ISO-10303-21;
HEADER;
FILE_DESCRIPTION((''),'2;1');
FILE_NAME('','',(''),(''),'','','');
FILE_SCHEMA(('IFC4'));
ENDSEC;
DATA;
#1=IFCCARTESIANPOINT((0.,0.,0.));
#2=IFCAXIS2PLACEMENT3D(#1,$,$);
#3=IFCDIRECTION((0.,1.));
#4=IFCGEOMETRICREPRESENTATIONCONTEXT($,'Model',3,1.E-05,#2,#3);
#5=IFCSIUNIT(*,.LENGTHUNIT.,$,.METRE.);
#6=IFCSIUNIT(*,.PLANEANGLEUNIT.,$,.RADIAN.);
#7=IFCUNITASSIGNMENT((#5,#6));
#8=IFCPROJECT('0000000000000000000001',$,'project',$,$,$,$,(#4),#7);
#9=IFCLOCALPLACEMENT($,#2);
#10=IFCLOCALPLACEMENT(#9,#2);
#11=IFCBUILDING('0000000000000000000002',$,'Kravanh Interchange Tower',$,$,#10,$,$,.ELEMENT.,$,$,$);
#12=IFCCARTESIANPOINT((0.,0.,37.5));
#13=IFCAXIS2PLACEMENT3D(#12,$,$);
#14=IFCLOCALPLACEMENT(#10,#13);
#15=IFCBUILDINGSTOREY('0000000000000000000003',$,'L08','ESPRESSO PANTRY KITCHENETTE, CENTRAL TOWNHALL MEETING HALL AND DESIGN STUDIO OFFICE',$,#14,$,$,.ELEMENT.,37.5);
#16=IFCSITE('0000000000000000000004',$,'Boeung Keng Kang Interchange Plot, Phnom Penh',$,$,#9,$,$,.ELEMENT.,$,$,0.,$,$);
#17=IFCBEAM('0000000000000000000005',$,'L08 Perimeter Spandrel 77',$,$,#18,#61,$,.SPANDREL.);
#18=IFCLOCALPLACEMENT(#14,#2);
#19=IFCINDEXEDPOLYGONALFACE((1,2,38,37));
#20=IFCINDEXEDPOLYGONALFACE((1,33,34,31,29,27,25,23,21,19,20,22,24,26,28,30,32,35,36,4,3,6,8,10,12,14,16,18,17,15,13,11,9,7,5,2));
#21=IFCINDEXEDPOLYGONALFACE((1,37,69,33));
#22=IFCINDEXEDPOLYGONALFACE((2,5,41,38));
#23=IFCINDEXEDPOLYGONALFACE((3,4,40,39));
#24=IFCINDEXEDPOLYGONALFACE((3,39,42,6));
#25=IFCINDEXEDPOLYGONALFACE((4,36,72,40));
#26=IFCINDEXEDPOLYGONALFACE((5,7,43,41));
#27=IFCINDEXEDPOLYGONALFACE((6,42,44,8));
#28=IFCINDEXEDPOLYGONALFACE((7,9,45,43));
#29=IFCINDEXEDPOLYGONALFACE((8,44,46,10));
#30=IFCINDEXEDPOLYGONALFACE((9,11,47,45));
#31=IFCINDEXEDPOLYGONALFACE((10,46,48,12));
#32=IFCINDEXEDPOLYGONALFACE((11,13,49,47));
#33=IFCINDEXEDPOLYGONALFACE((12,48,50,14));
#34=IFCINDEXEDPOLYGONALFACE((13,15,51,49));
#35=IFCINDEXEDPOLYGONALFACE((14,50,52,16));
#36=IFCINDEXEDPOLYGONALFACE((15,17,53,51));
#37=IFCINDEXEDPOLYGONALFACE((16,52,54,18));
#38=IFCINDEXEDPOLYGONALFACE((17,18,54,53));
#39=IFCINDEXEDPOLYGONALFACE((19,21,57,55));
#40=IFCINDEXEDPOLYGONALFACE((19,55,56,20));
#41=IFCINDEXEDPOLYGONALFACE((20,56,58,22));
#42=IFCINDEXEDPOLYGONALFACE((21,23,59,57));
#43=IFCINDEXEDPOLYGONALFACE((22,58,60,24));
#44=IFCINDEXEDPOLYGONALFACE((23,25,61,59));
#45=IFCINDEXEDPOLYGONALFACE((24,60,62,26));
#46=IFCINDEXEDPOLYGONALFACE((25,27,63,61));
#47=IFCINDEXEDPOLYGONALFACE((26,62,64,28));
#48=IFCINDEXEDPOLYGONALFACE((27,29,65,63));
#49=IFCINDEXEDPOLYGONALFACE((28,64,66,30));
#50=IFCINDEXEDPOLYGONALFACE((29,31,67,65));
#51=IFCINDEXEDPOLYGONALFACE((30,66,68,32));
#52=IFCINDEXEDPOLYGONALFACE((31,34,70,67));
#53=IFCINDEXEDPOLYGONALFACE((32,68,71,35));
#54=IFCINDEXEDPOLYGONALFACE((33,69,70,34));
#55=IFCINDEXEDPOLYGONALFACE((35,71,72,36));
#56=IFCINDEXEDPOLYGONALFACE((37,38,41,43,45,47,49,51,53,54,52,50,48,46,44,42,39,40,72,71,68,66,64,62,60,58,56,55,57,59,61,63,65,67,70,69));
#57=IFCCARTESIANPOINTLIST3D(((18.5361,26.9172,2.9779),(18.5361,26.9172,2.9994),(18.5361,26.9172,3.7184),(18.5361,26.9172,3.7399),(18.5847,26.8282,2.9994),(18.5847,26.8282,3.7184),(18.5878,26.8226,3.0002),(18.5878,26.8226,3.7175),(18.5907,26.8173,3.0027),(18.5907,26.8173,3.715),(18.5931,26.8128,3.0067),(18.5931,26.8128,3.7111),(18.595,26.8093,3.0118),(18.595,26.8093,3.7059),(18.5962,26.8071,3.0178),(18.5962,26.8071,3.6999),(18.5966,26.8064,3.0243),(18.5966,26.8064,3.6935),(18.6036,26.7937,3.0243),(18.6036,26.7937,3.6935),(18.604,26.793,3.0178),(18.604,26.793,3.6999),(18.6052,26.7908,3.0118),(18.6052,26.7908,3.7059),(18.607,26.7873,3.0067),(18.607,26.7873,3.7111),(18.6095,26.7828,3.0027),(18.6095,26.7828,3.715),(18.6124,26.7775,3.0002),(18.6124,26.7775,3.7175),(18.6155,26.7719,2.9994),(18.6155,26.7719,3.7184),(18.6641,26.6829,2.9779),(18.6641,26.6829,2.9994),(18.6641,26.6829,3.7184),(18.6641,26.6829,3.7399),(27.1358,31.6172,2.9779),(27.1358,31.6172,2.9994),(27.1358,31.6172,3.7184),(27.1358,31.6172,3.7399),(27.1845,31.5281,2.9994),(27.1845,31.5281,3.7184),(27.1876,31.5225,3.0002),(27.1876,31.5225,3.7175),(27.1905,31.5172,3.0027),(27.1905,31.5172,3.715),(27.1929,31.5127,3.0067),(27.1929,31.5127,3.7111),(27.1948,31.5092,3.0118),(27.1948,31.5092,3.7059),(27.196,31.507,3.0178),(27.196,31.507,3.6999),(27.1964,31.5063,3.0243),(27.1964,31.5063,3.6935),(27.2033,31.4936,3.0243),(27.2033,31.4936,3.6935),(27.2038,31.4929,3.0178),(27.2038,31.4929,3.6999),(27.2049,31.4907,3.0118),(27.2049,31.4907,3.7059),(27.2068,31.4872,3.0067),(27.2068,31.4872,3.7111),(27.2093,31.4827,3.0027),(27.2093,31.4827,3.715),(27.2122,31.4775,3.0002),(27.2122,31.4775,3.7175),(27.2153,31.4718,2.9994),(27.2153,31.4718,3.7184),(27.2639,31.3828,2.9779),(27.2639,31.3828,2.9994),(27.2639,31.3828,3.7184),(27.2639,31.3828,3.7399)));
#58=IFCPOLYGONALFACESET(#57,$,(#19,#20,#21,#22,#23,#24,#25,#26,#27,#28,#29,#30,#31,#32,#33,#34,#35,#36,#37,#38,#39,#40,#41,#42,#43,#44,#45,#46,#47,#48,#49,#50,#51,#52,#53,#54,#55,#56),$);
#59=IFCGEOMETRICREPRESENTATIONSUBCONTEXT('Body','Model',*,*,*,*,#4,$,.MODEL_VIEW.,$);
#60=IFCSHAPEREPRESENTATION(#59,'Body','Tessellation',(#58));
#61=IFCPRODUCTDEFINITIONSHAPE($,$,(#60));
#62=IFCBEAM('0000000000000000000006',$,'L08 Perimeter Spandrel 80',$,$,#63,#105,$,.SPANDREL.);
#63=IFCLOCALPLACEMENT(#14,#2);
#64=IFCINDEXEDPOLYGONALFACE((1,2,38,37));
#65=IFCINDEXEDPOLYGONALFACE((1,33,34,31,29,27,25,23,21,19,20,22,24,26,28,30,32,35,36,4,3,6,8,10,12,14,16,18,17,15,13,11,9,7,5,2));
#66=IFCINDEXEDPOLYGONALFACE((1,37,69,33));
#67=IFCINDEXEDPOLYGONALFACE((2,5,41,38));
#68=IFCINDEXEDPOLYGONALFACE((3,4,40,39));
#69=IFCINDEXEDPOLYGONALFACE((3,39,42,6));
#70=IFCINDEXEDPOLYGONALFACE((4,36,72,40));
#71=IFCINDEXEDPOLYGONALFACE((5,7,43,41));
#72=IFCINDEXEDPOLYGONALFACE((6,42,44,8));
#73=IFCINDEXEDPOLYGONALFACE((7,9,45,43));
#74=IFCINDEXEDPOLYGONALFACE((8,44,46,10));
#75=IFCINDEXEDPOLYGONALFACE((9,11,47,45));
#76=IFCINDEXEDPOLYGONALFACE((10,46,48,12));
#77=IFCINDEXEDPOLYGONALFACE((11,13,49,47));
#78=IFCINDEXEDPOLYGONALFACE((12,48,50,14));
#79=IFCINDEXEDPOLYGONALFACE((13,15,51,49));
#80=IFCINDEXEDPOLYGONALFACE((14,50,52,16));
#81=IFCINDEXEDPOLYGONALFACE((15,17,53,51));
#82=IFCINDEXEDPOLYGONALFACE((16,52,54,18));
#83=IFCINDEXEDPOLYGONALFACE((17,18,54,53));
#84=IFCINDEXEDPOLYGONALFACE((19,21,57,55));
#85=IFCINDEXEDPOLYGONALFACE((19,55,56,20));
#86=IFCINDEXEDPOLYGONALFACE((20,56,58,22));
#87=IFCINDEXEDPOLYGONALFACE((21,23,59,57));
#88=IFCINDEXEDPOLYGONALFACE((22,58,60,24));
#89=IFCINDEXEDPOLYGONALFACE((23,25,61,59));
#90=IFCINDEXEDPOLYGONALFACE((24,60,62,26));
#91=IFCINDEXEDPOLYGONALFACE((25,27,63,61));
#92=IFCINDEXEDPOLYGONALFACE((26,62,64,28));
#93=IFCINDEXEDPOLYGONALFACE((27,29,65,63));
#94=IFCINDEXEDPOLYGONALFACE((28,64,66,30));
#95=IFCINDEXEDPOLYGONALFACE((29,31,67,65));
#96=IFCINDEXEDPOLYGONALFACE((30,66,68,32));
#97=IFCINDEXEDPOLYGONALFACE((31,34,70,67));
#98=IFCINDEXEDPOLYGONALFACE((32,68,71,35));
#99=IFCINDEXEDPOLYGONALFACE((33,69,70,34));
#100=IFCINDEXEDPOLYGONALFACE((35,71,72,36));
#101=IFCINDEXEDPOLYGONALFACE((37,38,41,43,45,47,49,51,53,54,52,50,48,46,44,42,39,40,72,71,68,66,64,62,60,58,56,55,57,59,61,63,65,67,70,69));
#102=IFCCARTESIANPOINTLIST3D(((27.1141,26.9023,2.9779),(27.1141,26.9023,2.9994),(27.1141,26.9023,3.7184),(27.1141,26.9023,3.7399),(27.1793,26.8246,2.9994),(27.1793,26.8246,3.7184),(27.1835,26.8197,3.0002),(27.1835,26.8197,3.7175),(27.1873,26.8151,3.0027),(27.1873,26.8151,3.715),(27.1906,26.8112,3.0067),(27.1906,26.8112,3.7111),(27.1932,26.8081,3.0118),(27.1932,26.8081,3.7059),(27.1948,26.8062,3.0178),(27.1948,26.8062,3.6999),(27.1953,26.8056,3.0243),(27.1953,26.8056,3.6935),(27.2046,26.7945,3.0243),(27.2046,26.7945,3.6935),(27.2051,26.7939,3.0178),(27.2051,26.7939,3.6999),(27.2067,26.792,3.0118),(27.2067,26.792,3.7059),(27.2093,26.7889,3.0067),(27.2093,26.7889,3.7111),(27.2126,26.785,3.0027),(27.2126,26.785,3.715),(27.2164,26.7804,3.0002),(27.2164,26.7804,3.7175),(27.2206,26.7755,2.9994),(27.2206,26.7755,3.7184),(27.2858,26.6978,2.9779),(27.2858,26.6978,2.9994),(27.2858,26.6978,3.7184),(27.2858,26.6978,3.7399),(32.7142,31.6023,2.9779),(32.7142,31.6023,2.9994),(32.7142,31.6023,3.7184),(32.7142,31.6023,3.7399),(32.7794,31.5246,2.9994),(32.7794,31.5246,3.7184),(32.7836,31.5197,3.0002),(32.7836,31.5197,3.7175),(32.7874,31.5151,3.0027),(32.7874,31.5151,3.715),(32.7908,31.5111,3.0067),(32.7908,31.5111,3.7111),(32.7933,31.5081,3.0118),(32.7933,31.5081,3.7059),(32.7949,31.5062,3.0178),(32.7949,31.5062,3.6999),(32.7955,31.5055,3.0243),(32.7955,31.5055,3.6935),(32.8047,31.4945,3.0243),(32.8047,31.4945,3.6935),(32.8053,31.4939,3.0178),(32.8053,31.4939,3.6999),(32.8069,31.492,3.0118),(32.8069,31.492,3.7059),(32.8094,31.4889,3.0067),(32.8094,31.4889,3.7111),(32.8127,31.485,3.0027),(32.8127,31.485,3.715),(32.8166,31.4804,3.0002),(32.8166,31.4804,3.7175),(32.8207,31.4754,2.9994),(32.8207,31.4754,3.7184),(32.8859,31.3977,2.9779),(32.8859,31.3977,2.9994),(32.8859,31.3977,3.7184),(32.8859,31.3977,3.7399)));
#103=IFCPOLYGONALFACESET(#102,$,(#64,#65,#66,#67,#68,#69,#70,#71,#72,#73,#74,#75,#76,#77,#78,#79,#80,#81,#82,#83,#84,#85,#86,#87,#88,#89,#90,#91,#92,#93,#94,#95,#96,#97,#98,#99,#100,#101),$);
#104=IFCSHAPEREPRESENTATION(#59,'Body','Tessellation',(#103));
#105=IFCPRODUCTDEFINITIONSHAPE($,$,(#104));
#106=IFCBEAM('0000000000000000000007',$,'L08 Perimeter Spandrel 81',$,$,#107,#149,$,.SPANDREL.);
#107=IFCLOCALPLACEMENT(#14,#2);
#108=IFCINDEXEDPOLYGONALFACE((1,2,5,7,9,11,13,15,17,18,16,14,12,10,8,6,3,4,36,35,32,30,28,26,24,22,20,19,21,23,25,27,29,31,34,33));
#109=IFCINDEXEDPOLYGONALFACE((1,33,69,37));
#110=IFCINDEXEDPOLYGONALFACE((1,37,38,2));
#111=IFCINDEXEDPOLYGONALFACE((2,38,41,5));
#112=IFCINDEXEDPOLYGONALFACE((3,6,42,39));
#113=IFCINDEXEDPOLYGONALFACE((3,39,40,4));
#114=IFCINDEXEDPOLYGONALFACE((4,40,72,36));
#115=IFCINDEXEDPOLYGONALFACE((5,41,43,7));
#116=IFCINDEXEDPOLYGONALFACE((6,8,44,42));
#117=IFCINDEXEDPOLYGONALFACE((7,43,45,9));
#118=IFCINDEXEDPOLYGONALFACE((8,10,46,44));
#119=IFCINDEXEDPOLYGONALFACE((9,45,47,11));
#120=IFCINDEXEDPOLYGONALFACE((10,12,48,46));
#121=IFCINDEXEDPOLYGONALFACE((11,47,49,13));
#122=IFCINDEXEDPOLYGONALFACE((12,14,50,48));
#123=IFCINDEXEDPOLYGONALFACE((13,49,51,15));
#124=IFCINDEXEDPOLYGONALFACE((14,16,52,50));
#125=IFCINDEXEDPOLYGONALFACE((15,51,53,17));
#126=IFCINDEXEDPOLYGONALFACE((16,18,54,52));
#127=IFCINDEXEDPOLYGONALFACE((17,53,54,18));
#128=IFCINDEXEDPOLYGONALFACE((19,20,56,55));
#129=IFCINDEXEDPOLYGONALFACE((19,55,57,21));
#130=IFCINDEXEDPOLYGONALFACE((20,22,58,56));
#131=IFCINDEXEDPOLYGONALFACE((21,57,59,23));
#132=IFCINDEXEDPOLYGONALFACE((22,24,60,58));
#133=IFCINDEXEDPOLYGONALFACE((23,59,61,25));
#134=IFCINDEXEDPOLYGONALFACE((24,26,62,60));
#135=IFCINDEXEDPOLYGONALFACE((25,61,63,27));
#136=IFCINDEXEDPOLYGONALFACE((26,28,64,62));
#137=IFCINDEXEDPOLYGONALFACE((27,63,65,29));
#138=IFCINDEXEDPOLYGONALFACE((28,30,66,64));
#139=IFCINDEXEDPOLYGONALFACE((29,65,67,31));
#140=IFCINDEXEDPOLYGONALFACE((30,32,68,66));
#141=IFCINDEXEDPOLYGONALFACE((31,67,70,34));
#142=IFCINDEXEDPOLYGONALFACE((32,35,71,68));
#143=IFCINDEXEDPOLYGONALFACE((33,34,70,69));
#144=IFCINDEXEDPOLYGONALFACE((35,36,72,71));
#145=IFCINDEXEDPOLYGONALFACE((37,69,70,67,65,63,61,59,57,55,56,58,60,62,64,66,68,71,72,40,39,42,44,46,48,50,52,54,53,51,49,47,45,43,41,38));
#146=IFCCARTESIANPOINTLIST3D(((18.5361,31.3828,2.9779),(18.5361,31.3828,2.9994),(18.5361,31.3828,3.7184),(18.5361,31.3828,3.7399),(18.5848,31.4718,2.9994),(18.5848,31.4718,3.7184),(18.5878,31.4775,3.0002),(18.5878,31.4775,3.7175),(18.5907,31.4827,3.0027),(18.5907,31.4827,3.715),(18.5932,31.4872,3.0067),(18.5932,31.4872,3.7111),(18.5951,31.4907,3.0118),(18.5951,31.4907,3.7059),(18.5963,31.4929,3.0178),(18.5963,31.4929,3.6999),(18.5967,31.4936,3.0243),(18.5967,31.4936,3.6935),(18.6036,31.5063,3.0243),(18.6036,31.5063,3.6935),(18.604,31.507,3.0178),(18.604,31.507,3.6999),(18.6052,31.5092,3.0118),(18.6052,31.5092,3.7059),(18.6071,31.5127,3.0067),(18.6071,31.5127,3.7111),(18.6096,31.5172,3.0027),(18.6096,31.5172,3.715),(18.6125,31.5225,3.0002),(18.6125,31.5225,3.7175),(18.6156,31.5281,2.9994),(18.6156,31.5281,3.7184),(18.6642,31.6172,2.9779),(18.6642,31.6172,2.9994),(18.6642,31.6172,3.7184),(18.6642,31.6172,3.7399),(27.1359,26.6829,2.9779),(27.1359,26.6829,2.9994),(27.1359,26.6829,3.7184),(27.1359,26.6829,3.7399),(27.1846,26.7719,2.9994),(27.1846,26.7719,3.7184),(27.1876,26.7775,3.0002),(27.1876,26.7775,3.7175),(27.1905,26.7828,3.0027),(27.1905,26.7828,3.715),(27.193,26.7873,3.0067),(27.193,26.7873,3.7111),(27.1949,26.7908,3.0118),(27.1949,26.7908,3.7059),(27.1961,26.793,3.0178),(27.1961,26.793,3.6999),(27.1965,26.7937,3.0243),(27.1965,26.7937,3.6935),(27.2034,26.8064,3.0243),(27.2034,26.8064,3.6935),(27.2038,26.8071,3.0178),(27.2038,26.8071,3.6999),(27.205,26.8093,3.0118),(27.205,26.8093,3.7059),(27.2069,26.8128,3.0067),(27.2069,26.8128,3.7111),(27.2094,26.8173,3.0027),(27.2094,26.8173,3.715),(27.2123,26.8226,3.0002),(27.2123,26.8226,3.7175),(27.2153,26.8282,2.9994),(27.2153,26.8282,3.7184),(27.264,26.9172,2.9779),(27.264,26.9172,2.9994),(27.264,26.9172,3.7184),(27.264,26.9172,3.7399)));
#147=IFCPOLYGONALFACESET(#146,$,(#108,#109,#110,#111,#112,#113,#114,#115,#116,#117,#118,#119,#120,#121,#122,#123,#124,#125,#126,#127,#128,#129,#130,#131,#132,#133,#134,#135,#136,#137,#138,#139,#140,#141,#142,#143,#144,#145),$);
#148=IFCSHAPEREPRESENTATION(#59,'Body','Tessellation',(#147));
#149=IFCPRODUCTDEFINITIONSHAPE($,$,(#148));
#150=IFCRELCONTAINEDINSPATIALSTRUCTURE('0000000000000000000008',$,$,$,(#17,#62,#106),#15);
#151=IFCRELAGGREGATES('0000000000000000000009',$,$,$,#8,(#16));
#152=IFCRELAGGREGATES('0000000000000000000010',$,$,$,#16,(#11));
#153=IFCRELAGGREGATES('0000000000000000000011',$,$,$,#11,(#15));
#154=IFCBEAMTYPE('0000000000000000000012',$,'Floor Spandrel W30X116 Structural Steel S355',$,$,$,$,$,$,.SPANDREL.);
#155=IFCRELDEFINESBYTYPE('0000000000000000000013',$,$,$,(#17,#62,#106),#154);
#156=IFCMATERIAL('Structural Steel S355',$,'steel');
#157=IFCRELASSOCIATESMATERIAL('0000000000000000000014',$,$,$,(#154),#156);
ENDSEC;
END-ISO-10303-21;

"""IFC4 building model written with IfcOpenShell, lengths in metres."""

from ifc_helpers import new_model, si_unit, direction, frame, origin, origin_2d, place, context, subcontext, project, spatial, i_section, extrude, material, material_profile, profile_set, type_object, element, save


model = new_model("IFC4")

# Units and contexts
model_context = context("Model", 3, precision=1e-05, world=origin(), true_north=direction((0.0, 1.0)))
body_context = subcontext(model_context, "Body", "Model", "MODEL_VIEW")
ifc_project = project(units=[si_unit("LENGTHUNIT", "METRE"), si_unit("PLANEANGLEUNIT", "RADIAN")], contexts=[model_context])

# Site, building, storey
site_placement = place(None, origin())
site = spatial("IfcSite", under=ifc_project, at=site_placement, Name="Boeung Keng Kang Interchange Plot, Phnom Penh", CompositionType="ELEMENT", RefElevation=0.0)
building_placement = place(site_placement, origin())
building = spatial("IfcBuilding", under=site, at=building_placement, Name="Kravanh Interchange Tower", CompositionType="ELEMENT")
storey_placement = place(building_placement, frame((0.0, 0.0, 37.5)))
storey = spatial("IfcBuildingStorey", under=building, at=storey_placement, Name="L08", Description="ESPRESSO PANTRY KITCHENETTE, CENTRAL TOWNHALL MEETING HALL AND DESIGN STUDIO OFFICE", CompositionType="ELEMENT", Elevation=37.5)

# Beams
ifc_material_1 = material(Name="Structural Steel S355", Category="steel")
ifc_material_profile_1 = material_profile(ifc_material_1, i_section(OverallWidth=0.2671, OverallDepth=0.762, WebThickness=0.0144, FlangeThickness=0.0215, FilletRadius=0.0249, at=origin_2d()), Name="W30X116")
ifc_profile_set_1 = profile_set([ifc_material_profile_1], Name="Structural Steel S355")
beam_type_1 = type_object("IfcBeamType", Name="Floor Spandrel W30X116 Structural Steel S355", PredefinedType="SPANDREL", material=ifc_profile_set_1)
beam_1_placement = place(storey_placement, frame((18.6001, 26.8, 3.3589), z_axis=(0.877504, 0.479569, 0.0), x_axis=(-0.479569, 0.877504, 0.0)))
element("IfcBeam", 1, at=beam_1_placement, inside=storey, type_object=beam_type_1, Name="L08 Perimeter Spandrel 77", PredefinedType="SPANDREL", context=body_context, shape_type="SweptSolid", body=[
    extrude(i_section(OverallWidth=0.2671, OverallDepth=0.762, WebThickness=0.0144, FlangeThickness=0.0215, FilletRadius=0.0249, at=origin_2d()), origin(), (0.0, 0.0, 1.0), 9.8003),
])
beam_2_placement = place(storey_placement, frame((27.2, 26.8, 3.3589), z_axis=(0.765983, 0.642861, 0.0), x_axis=(-0.642861, 0.765983, 0.0)))
element("IfcBeam", 2, at=beam_2_placement, inside=storey, type_object=beam_type_1, Name="L08 Perimeter Spandrel 80", PredefinedType="SPANDREL", context=body_context, shape_type="SweptSolid", body=[
    extrude(i_section(OverallWidth=0.2671, OverallDepth=0.762, WebThickness=0.0144, FlangeThickness=0.0215, FilletRadius=0.0249, at=origin_2d()), origin(), (0.0, 0.0, 1.0), 7.311),
])
beam_3_placement = place(storey_placement, frame((27.2, 26.8, 3.3589), z_axis=(-0.877504, 0.479569, 0.0), x_axis=(-0.479569, -0.877504, 0.0)))
element("IfcBeam", 3, at=beam_3_placement, inside=storey, type_object=beam_type_1, Name="L08 Perimeter Spandrel 81", PredefinedType="SPANDREL", context=body_context, shape_type="SweptSolid", body=[
    extrude(i_section(OverallWidth=0.2671, OverallDepth=0.762, WebThickness=0.0144, FlangeThickness=0.0215, FilletRadius=0.0249, at=origin_2d()), origin(), (0.0, 0.0, 1.0), 9.8003),
])

save(model, "model.ifc")
